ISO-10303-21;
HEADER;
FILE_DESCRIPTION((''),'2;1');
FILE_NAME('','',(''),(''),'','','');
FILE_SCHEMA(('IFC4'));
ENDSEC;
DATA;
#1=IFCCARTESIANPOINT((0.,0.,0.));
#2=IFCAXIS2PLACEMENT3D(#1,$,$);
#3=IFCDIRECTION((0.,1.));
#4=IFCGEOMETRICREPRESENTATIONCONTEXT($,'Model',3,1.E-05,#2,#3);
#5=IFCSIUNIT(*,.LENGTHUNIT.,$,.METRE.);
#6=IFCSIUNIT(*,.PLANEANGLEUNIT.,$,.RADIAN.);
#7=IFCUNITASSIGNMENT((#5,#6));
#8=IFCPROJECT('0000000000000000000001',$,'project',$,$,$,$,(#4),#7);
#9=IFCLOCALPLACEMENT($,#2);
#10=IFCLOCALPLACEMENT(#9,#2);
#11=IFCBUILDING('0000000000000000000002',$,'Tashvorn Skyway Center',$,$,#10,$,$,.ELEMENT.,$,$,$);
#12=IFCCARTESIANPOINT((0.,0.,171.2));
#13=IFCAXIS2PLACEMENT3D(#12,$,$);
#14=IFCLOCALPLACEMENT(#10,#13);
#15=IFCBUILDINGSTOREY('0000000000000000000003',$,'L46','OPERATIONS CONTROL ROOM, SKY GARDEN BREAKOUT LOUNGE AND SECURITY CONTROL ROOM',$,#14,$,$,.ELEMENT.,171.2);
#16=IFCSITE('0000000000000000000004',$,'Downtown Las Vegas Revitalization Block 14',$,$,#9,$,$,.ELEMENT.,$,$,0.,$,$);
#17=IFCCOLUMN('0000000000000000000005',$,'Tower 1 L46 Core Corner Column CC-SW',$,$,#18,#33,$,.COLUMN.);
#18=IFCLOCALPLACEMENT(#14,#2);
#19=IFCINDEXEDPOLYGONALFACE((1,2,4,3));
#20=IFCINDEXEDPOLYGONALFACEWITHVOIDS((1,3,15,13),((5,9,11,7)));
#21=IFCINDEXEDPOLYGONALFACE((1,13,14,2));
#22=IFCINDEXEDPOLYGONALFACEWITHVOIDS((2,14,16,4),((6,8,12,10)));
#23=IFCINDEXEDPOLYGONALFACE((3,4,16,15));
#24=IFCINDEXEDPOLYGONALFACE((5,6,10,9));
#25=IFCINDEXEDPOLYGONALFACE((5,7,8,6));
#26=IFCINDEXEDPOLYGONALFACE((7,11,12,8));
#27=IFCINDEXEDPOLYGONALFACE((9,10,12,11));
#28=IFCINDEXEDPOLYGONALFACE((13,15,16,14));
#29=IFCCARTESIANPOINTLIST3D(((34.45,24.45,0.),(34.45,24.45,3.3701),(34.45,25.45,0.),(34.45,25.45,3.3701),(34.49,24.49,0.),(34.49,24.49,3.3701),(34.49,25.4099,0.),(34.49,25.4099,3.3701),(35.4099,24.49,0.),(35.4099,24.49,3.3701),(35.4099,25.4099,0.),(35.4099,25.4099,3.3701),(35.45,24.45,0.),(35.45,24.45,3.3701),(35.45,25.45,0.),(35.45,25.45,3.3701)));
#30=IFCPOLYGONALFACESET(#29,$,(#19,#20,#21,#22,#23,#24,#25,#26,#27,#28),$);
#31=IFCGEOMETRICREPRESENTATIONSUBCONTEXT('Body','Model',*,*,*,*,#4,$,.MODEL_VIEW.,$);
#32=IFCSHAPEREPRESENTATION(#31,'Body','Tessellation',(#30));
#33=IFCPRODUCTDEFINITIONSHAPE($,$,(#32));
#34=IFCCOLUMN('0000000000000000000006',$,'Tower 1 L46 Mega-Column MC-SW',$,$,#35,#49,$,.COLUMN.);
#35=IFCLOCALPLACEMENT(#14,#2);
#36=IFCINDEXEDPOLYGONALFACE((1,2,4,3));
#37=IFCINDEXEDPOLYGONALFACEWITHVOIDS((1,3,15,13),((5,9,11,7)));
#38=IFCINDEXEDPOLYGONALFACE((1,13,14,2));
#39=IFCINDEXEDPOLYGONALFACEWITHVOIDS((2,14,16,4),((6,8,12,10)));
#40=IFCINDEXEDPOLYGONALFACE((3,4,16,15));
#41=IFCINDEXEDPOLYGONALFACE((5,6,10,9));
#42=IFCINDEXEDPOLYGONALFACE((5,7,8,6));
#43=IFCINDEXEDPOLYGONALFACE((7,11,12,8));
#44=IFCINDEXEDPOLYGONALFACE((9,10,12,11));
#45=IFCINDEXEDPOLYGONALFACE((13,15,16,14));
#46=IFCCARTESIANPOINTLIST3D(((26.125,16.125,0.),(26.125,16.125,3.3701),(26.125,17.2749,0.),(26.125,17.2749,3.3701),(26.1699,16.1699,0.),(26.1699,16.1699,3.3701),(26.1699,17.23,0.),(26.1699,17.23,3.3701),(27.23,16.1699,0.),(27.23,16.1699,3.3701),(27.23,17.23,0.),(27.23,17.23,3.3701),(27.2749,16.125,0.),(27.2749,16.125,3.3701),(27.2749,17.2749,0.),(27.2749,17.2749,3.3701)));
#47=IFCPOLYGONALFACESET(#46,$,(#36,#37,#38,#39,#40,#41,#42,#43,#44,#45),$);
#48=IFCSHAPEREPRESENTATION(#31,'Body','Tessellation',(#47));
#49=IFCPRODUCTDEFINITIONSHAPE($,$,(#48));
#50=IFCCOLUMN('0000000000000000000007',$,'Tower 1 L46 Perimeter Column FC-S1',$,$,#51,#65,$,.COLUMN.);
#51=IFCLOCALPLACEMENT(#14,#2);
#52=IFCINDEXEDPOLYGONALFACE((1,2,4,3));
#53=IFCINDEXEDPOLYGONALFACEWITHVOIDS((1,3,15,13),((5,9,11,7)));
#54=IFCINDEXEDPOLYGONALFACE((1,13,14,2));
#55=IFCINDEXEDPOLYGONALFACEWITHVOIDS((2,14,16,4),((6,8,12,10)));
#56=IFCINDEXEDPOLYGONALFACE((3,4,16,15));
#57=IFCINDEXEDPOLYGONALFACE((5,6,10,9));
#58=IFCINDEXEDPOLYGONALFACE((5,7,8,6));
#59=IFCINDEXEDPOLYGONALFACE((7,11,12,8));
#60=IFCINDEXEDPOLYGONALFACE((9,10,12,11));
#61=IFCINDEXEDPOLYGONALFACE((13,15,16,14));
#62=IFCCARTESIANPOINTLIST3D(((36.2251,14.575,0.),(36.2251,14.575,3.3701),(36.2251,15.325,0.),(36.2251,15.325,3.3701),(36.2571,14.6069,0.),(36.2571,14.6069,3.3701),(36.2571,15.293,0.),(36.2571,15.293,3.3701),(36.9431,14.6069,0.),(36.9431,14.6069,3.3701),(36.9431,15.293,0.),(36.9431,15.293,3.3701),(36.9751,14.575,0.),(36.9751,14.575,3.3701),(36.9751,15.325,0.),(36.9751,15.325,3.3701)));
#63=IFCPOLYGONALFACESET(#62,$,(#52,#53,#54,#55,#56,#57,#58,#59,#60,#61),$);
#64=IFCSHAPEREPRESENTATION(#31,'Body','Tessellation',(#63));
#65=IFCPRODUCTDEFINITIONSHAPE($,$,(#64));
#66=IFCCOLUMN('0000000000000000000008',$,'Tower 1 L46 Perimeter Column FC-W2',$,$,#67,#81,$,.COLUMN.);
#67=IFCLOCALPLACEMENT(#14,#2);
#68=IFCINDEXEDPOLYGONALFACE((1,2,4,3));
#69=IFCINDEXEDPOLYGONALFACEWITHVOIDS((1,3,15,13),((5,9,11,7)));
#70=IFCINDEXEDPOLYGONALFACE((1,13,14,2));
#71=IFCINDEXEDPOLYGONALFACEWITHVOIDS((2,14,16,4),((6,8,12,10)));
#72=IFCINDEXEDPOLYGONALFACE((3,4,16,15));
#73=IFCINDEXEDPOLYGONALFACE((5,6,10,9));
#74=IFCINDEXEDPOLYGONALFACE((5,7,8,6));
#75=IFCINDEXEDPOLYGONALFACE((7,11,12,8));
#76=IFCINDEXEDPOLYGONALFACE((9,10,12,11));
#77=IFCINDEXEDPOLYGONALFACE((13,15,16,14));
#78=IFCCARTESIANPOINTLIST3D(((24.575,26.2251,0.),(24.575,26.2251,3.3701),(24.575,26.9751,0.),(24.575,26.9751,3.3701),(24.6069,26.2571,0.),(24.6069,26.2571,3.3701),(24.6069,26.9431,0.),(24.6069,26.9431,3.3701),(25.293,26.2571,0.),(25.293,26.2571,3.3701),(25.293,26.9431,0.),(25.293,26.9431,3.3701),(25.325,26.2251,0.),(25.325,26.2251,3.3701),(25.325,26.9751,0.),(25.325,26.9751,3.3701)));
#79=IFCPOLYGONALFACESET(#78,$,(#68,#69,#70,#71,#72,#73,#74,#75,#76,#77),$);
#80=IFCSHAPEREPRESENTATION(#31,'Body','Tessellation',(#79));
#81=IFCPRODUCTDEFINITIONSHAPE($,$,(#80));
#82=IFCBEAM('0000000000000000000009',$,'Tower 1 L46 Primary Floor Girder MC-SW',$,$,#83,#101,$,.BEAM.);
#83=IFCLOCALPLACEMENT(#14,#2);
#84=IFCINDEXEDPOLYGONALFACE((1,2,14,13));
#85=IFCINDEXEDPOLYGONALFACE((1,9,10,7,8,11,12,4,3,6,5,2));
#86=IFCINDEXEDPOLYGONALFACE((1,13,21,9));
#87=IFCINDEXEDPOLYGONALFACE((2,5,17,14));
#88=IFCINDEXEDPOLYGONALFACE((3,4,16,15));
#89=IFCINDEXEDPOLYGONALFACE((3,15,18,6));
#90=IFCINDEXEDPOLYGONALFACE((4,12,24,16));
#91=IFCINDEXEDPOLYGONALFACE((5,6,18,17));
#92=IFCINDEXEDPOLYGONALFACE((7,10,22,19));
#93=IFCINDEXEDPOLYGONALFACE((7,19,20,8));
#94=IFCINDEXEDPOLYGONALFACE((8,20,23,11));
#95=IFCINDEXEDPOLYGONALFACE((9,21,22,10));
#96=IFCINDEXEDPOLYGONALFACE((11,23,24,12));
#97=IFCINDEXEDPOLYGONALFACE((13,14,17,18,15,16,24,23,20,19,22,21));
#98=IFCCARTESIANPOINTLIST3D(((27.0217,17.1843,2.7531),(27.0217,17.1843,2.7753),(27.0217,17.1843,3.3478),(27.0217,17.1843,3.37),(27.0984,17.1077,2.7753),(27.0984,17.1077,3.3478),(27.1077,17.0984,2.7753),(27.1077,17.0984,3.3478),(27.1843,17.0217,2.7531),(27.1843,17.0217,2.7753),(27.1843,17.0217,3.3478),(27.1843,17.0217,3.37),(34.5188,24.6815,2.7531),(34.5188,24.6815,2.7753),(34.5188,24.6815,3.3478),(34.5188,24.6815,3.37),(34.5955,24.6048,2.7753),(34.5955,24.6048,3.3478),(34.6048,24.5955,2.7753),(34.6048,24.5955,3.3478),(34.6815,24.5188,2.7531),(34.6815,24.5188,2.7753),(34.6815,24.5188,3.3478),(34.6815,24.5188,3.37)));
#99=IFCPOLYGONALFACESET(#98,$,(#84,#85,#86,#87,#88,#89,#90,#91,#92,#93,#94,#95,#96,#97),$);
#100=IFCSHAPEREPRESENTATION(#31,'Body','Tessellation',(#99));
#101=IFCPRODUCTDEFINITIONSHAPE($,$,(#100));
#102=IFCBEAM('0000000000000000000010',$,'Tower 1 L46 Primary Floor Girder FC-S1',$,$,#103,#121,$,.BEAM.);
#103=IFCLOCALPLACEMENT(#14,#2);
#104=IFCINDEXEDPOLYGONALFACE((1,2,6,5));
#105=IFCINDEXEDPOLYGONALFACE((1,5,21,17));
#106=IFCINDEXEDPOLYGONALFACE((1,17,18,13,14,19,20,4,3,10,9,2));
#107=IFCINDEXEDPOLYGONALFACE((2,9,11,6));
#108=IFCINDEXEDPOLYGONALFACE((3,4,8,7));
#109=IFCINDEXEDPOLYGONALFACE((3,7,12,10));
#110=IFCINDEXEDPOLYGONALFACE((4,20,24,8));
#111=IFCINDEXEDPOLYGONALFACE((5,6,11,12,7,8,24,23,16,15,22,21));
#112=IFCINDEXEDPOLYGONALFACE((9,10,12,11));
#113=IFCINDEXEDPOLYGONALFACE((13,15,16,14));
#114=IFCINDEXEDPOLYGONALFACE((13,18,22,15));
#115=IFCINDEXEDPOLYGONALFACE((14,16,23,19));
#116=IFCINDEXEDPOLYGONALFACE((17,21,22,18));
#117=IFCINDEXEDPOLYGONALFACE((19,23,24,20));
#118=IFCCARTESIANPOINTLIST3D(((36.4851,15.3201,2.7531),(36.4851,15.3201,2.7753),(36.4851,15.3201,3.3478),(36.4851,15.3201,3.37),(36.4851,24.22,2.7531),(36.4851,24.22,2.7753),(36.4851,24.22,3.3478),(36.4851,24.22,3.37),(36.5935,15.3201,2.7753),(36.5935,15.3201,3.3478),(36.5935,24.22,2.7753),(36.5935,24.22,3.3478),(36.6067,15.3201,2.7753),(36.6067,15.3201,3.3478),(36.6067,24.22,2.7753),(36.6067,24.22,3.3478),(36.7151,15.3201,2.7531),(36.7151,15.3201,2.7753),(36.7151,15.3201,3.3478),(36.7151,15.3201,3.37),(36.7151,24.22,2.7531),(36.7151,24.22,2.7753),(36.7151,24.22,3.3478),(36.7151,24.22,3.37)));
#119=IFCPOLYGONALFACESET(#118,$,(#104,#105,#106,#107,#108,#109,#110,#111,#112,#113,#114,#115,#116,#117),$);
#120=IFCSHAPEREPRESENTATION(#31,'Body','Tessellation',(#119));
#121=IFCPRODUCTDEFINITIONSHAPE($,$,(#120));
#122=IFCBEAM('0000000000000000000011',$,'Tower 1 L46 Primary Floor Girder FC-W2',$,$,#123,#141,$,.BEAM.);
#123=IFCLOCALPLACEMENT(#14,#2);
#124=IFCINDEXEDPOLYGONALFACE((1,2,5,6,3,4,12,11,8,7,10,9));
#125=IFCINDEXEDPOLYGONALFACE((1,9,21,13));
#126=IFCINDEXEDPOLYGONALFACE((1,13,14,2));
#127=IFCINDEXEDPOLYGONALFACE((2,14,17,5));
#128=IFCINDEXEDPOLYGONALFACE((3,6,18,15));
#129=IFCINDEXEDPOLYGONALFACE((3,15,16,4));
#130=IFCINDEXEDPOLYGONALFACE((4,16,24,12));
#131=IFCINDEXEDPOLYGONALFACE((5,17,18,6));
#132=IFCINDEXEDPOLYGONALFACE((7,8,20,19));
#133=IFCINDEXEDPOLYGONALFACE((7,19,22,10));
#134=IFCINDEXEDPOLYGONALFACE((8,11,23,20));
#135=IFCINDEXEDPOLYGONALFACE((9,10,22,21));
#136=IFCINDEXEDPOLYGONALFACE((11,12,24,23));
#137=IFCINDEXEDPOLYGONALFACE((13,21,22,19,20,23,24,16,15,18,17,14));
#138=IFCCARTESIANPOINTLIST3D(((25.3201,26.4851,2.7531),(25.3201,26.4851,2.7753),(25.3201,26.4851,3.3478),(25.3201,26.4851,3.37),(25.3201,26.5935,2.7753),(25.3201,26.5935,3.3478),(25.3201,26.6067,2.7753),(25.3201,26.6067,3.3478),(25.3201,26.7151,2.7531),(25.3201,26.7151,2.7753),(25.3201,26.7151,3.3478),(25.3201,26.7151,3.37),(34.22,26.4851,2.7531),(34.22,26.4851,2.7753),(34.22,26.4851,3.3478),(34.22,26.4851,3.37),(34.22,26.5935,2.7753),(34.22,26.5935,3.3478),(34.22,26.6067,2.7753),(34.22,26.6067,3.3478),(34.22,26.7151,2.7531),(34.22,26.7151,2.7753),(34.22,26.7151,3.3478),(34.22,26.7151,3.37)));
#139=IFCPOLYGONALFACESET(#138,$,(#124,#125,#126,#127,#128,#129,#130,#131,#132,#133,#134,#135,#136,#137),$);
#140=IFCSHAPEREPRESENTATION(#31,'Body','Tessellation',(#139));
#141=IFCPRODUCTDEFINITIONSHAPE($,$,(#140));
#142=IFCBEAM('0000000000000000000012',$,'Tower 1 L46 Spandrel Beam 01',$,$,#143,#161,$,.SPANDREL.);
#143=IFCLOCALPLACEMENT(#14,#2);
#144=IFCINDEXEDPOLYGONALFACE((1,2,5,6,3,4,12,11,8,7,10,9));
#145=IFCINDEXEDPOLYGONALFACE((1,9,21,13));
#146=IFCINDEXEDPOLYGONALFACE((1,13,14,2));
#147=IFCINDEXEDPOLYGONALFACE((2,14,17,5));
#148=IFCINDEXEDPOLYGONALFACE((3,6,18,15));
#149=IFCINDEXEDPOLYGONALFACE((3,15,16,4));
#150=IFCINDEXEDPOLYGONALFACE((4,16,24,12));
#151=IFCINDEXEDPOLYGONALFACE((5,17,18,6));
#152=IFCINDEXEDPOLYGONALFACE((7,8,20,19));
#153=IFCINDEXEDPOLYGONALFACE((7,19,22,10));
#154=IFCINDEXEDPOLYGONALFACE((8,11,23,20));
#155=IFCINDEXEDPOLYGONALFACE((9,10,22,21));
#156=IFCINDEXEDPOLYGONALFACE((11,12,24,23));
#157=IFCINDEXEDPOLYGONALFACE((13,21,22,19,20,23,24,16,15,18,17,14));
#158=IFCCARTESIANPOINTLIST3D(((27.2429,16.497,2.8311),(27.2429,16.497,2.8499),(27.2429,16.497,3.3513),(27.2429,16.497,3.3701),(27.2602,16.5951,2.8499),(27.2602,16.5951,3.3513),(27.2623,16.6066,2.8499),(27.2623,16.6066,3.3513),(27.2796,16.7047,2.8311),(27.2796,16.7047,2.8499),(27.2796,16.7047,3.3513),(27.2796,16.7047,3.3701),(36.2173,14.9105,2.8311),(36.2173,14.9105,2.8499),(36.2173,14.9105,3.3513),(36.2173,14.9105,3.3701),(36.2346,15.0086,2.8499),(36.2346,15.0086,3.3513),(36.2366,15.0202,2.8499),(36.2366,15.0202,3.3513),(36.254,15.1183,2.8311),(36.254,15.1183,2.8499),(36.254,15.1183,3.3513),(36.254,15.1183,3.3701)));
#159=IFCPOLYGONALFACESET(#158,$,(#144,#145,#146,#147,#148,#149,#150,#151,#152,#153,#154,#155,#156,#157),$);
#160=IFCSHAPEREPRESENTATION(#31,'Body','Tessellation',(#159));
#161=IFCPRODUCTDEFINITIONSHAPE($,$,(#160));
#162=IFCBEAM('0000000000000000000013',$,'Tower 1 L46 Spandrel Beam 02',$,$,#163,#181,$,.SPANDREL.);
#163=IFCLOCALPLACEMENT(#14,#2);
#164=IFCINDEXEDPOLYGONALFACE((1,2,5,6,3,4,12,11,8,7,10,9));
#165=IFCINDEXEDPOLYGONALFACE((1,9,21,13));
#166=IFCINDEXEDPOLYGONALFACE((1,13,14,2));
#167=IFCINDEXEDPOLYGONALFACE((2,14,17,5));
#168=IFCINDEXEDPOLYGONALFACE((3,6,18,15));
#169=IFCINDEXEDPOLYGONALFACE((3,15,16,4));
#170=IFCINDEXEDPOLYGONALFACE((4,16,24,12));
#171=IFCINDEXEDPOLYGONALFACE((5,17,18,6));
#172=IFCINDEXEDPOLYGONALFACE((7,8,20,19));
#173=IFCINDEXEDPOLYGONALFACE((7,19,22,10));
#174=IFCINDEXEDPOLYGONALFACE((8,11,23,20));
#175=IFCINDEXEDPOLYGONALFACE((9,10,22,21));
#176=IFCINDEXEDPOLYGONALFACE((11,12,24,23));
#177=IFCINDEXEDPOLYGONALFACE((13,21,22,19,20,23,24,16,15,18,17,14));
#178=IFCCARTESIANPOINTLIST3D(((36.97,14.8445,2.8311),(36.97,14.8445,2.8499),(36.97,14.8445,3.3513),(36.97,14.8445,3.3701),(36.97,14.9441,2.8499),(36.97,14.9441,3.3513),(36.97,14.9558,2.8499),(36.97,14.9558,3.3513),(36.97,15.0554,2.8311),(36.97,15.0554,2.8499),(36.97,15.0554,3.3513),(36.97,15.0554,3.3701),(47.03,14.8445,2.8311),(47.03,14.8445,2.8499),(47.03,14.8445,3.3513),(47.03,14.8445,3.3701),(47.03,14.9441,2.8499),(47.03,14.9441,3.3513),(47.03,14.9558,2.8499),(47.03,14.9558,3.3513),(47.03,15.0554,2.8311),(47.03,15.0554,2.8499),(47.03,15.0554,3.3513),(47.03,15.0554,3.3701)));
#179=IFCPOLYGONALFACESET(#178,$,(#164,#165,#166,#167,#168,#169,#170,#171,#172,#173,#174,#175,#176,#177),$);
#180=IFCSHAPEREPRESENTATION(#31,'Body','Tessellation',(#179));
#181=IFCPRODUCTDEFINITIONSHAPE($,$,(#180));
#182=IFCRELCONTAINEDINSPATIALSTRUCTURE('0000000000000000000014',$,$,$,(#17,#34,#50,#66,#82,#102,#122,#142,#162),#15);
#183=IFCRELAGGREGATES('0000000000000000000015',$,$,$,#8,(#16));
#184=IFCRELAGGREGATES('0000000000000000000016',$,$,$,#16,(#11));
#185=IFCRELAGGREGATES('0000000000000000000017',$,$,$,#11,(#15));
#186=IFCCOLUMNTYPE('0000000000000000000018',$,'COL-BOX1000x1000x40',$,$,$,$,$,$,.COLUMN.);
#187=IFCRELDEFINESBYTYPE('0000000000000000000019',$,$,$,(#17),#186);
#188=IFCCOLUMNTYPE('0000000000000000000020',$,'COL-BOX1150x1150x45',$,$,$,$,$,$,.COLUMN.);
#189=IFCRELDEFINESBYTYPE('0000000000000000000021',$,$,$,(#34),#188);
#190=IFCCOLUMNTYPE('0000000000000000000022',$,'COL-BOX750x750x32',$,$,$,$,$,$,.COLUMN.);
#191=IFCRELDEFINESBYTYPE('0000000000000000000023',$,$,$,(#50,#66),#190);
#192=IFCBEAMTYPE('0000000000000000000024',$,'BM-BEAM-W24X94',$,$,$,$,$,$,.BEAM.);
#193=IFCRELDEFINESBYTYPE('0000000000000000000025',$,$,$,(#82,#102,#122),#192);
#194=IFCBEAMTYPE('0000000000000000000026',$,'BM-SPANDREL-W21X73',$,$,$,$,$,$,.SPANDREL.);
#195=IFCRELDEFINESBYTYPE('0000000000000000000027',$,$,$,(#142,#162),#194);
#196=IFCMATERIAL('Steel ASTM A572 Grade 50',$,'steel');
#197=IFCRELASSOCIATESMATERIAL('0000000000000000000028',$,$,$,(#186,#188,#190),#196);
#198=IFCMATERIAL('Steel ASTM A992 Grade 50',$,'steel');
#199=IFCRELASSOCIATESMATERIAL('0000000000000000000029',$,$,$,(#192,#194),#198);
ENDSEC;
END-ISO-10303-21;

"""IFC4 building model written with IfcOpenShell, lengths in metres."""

from ifc_helpers import new_model, si_unit, direction, frame, origin, origin_2d, place, context, subcontext, project, spatial, hollow_rectangle, i_section, extrude, material, material_profile, profile_set, type_object, element, save


model = new_model("IFC4")

# Units and contexts
model_context = context("Model", 3, precision=1e-05, world=origin(), true_north=direction((0.0, 1.0)))
body_context = subcontext(model_context, "Body", "Model", "MODEL_VIEW")
ifc_project = project(units=[si_unit("LENGTHUNIT", "METRE"), si_unit("PLANEANGLEUNIT", "RADIAN")], contexts=[model_context])

# Site, building, storey
site_placement = place(None, origin())
site = spatial("IfcSite", under=ifc_project, at=site_placement, Name="Downtown Las Vegas Revitalization Block 14", CompositionType="ELEMENT", RefElevation=0.0)
building_placement = place(site_placement, origin())
building = spatial("IfcBuilding", under=site, at=building_placement, Name="Tashvorn Skyway Center", CompositionType="ELEMENT")
storey_placement = place(building_placement, frame((0.0, 0.0, 171.2)))
storey = spatial("IfcBuildingStorey", under=building, at=storey_placement, Name="L46", Description="OPERATIONS CONTROL ROOM, SKY GARDEN BREAKOUT LOUNGE AND SECURITY CONTROL ROOM", CompositionType="ELEMENT", Elevation=171.2)

# Columns
ifc_material_1 = material(Name="Steel ASTM A572 Grade 50", Category="steel")
ifc_material_profile_1 = material_profile(ifc_material_1, hollow_rectangle(XDim=1.0, YDim=1.0, WallThickness=0.04, at=origin_2d()), Name="BOX1000x1000x40")
ifc_profile_set_1 = profile_set([ifc_material_profile_1], Name="Steel ASTM A572 Grade 50")
column_type_1 = type_object("IfcColumnType", Name="COL-BOX1000x1000x40", PredefinedType="COLUMN", material=ifc_profile_set_1)
column_1_placement = place(storey_placement, frame((34.95, 24.95, 0.0), z_axis=(0.0, 0.0, 1.0), x_axis=(1.0, 0.0, 0.0)))
element("IfcColumn", 1, at=column_1_placement, inside=storey, type_object=column_type_1, Name="Tower 1 L46 Core Corner Column CC-SW", PredefinedType="COLUMN", context=body_context, shape_type="SweptSolid", body=[
    extrude(hollow_rectangle(XDim=1.0, YDim=1.0, WallThickness=0.04, at=origin_2d()), origin(), (0.0, 0.0, 1.0), 3.3701),
])
ifc_material_profile_2 = material_profile(ifc_material_1, hollow_rectangle(XDim=1.1499, YDim=1.1499, WallThickness=0.0449, at=origin_2d()), Name="BOX1150x1150x45")
ifc_profile_set_2 = profile_set([ifc_material_profile_2], Name="Steel ASTM A572 Grade 50")
column_type_2 = type_object("IfcColumnType", Name="COL-BOX1150x1150x45", PredefinedType="COLUMN", material=ifc_profile_set_2)
column_2_placement = place(storey_placement, frame((26.7, 16.7, 0.0), z_axis=(0.0, 0.0, 1.0), x_axis=(1.0, 0.0, 0.0)))
element("IfcColumn", 2, at=column_2_placement, inside=storey, type_object=column_type_2, Name="Tower 1 L46 Mega-Column MC-SW", PredefinedType="COLUMN", context=body_context, shape_type="SweptSolid", body=[
    extrude(hollow_rectangle(XDim=1.1499, YDim=1.1499, WallThickness=0.0449, at=origin_2d()), origin(), (0.0, 0.0, 1.0), 3.3701),
])
ifc_material_profile_3 = material_profile(ifc_material_1, hollow_rectangle(XDim=0.75, YDim=0.75, WallThickness=0.032, at=origin_2d()), Name="BOX750x750x32")
ifc_profile_set_3 = profile_set([ifc_material_profile_3], Name="Steel ASTM A572 Grade 50")
column_type_3 = type_object("IfcColumnType", Name="COL-BOX750x750x32", PredefinedType="COLUMN", material=ifc_profile_set_3)
for number, where, z_axis, x_axis, name in (
    (3, (36.6001, 14.95, 0.0), (0.0, 0.0, 1.0), (1.0, 0.0, 0.0), "Tower 1 L46 Perimeter Column FC-S1"),
    (4, (24.95, 26.6001, 0.0), (0.0, 0.0, 1.0), (1.0, 0.0, 0.0), "Tower 1 L46 Perimeter Column FC-W2"),
):
    element("IfcColumn", number, at=place(storey_placement, frame(where, z_axis=z_axis, x_axis=x_axis)), inside=storey, type_object=column_type_3, Name=name, PredefinedType="COLUMN", context=body_context, shape_type="SweptSolid", body=[
        extrude(hollow_rectangle(XDim=0.75, YDim=0.75, WallThickness=0.032, at=origin_2d()), origin(), (0.0, 0.0, 1.0), 3.3701),
    ])

# Beams
ifc_material_2 = material(Name="Steel ASTM A992 Grade 50", Category="steel")
ifc_material_profile_4 = material_profile(ifc_material_2, i_section(OverallWidth=0.23, OverallDepth=0.6169, WebThickness=0.0132, FlangeThickness=0.0222, at=origin_2d()), Name="W24X94")
ifc_profile_set_4 = profile_set([ifc_material_profile_4], Name="Steel ASTM A992 Grade 50")
beam_type_1 = type_object("IfcBeamType", Name="BM-BEAM-W24X94", PredefinedType="BEAM", material=ifc_profile_set_4)
beam_1_placement = place(storey_placement, frame((27.103, 17.103, 3.0615), z_axis=(0.707107, 0.707107, 0.0), x_axis=(-0.707107, 0.707107, 0.0)))
element("IfcBeam", 5, at=beam_1_placement, inside=storey, type_object=beam_type_1, Name="Tower 1 L46 Primary Floor Girder MC-SW", PredefinedType="BEAM", context=body_context, shape_type="SweptSolid", body=[
    extrude(i_section(OverallWidth=0.23, OverallDepth=0.6169, WebThickness=0.0132, FlangeThickness=0.0222, at=origin_2d()), origin(), (0.0, 0.0, 1.0), 10.6025),
])
for number, where, z_axis, x_axis, name in (
    (6, (36.6001, 15.3201, 3.0615), (0.0, 1.0, 0.0), (-1.0, 0.0, 0.0), "Tower 1 L46 Primary Floor Girder FC-S1"),
    (7, (25.3201, 26.6001, 3.0615), (1.0, 0.0, 0.0), (0.0, 1.0, 0.0), "Tower 1 L46 Primary Floor Girder FC-W2"),
):
    element("IfcBeam", number, at=place(storey_placement, frame(where, z_axis=z_axis, x_axis=x_axis)), inside=storey, type_object=beam_type_1, Name=name, PredefinedType="BEAM", context=body_context, shape_type="SweptSolid", body=[
        extrude(i_section(OverallWidth=0.23, OverallDepth=0.6169, WebThickness=0.0132, FlangeThickness=0.0222, at=origin_2d()), origin(), (0.0, 0.0, 1.0), 8.8999),
    ])
ifc_material_profile_5 = material_profile(ifc_material_2, i_section(OverallWidth=0.2109, OverallDepth=0.5391, WebThickness=0.0117, FlangeThickness=0.0188, at=origin_2d()), Name="W21X73")
ifc_profile_set_5 = profile_set([ifc_material_profile_5], Name="Steel ASTM A992 Grade 50")
beam_type_2 = type_object("IfcBeamType", Name="BM-SPANDREL-W21X73", PredefinedType="SPANDREL", material=ifc_profile_set_5)
beam_2_placement = place(storey_placement, frame((27.2612, 16.6008, 3.1006), z_axis=(0.984733, -0.174074, 0.0), x_axis=(0.174074, 0.984733, 0.0)))
element("IfcBeam", 8, at=beam_2_placement, inside=storey, type_object=beam_type_2, Name="Tower 1 L46 Spandrel Beam 01", PredefinedType="SPANDREL", context=body_context, shape_type="SweptSolid", body=[
    extrude(i_section(OverallWidth=0.2109, OverallDepth=0.5391, WebThickness=0.0117, FlangeThickness=0.0188, at=origin_2d()), origin(), (0.0, 0.0, 1.0), 9.1135),
])
beam_3_placement = place(storey_placement, frame((36.97, 14.95, 3.1006), z_axis=(1.0, 0.0, 0.0), x_axis=(0.0, 1.0, 0.0)))
element("IfcBeam", 9, at=beam_3_placement, inside=storey, type_object=beam_type_2, Name="Tower 1 L46 Spandrel Beam 02", PredefinedType="SPANDREL", context=body_context, shape_type="SweptSolid", body=[
    extrude(i_section(OverallWidth=0.2109, OverallDepth=0.5391, WebThickness=0.0117, FlangeThickness=0.0188, at=origin_2d()), origin(), (0.0, 0.0, 1.0), 10.0601),
])

save(model, "model.ifc")
